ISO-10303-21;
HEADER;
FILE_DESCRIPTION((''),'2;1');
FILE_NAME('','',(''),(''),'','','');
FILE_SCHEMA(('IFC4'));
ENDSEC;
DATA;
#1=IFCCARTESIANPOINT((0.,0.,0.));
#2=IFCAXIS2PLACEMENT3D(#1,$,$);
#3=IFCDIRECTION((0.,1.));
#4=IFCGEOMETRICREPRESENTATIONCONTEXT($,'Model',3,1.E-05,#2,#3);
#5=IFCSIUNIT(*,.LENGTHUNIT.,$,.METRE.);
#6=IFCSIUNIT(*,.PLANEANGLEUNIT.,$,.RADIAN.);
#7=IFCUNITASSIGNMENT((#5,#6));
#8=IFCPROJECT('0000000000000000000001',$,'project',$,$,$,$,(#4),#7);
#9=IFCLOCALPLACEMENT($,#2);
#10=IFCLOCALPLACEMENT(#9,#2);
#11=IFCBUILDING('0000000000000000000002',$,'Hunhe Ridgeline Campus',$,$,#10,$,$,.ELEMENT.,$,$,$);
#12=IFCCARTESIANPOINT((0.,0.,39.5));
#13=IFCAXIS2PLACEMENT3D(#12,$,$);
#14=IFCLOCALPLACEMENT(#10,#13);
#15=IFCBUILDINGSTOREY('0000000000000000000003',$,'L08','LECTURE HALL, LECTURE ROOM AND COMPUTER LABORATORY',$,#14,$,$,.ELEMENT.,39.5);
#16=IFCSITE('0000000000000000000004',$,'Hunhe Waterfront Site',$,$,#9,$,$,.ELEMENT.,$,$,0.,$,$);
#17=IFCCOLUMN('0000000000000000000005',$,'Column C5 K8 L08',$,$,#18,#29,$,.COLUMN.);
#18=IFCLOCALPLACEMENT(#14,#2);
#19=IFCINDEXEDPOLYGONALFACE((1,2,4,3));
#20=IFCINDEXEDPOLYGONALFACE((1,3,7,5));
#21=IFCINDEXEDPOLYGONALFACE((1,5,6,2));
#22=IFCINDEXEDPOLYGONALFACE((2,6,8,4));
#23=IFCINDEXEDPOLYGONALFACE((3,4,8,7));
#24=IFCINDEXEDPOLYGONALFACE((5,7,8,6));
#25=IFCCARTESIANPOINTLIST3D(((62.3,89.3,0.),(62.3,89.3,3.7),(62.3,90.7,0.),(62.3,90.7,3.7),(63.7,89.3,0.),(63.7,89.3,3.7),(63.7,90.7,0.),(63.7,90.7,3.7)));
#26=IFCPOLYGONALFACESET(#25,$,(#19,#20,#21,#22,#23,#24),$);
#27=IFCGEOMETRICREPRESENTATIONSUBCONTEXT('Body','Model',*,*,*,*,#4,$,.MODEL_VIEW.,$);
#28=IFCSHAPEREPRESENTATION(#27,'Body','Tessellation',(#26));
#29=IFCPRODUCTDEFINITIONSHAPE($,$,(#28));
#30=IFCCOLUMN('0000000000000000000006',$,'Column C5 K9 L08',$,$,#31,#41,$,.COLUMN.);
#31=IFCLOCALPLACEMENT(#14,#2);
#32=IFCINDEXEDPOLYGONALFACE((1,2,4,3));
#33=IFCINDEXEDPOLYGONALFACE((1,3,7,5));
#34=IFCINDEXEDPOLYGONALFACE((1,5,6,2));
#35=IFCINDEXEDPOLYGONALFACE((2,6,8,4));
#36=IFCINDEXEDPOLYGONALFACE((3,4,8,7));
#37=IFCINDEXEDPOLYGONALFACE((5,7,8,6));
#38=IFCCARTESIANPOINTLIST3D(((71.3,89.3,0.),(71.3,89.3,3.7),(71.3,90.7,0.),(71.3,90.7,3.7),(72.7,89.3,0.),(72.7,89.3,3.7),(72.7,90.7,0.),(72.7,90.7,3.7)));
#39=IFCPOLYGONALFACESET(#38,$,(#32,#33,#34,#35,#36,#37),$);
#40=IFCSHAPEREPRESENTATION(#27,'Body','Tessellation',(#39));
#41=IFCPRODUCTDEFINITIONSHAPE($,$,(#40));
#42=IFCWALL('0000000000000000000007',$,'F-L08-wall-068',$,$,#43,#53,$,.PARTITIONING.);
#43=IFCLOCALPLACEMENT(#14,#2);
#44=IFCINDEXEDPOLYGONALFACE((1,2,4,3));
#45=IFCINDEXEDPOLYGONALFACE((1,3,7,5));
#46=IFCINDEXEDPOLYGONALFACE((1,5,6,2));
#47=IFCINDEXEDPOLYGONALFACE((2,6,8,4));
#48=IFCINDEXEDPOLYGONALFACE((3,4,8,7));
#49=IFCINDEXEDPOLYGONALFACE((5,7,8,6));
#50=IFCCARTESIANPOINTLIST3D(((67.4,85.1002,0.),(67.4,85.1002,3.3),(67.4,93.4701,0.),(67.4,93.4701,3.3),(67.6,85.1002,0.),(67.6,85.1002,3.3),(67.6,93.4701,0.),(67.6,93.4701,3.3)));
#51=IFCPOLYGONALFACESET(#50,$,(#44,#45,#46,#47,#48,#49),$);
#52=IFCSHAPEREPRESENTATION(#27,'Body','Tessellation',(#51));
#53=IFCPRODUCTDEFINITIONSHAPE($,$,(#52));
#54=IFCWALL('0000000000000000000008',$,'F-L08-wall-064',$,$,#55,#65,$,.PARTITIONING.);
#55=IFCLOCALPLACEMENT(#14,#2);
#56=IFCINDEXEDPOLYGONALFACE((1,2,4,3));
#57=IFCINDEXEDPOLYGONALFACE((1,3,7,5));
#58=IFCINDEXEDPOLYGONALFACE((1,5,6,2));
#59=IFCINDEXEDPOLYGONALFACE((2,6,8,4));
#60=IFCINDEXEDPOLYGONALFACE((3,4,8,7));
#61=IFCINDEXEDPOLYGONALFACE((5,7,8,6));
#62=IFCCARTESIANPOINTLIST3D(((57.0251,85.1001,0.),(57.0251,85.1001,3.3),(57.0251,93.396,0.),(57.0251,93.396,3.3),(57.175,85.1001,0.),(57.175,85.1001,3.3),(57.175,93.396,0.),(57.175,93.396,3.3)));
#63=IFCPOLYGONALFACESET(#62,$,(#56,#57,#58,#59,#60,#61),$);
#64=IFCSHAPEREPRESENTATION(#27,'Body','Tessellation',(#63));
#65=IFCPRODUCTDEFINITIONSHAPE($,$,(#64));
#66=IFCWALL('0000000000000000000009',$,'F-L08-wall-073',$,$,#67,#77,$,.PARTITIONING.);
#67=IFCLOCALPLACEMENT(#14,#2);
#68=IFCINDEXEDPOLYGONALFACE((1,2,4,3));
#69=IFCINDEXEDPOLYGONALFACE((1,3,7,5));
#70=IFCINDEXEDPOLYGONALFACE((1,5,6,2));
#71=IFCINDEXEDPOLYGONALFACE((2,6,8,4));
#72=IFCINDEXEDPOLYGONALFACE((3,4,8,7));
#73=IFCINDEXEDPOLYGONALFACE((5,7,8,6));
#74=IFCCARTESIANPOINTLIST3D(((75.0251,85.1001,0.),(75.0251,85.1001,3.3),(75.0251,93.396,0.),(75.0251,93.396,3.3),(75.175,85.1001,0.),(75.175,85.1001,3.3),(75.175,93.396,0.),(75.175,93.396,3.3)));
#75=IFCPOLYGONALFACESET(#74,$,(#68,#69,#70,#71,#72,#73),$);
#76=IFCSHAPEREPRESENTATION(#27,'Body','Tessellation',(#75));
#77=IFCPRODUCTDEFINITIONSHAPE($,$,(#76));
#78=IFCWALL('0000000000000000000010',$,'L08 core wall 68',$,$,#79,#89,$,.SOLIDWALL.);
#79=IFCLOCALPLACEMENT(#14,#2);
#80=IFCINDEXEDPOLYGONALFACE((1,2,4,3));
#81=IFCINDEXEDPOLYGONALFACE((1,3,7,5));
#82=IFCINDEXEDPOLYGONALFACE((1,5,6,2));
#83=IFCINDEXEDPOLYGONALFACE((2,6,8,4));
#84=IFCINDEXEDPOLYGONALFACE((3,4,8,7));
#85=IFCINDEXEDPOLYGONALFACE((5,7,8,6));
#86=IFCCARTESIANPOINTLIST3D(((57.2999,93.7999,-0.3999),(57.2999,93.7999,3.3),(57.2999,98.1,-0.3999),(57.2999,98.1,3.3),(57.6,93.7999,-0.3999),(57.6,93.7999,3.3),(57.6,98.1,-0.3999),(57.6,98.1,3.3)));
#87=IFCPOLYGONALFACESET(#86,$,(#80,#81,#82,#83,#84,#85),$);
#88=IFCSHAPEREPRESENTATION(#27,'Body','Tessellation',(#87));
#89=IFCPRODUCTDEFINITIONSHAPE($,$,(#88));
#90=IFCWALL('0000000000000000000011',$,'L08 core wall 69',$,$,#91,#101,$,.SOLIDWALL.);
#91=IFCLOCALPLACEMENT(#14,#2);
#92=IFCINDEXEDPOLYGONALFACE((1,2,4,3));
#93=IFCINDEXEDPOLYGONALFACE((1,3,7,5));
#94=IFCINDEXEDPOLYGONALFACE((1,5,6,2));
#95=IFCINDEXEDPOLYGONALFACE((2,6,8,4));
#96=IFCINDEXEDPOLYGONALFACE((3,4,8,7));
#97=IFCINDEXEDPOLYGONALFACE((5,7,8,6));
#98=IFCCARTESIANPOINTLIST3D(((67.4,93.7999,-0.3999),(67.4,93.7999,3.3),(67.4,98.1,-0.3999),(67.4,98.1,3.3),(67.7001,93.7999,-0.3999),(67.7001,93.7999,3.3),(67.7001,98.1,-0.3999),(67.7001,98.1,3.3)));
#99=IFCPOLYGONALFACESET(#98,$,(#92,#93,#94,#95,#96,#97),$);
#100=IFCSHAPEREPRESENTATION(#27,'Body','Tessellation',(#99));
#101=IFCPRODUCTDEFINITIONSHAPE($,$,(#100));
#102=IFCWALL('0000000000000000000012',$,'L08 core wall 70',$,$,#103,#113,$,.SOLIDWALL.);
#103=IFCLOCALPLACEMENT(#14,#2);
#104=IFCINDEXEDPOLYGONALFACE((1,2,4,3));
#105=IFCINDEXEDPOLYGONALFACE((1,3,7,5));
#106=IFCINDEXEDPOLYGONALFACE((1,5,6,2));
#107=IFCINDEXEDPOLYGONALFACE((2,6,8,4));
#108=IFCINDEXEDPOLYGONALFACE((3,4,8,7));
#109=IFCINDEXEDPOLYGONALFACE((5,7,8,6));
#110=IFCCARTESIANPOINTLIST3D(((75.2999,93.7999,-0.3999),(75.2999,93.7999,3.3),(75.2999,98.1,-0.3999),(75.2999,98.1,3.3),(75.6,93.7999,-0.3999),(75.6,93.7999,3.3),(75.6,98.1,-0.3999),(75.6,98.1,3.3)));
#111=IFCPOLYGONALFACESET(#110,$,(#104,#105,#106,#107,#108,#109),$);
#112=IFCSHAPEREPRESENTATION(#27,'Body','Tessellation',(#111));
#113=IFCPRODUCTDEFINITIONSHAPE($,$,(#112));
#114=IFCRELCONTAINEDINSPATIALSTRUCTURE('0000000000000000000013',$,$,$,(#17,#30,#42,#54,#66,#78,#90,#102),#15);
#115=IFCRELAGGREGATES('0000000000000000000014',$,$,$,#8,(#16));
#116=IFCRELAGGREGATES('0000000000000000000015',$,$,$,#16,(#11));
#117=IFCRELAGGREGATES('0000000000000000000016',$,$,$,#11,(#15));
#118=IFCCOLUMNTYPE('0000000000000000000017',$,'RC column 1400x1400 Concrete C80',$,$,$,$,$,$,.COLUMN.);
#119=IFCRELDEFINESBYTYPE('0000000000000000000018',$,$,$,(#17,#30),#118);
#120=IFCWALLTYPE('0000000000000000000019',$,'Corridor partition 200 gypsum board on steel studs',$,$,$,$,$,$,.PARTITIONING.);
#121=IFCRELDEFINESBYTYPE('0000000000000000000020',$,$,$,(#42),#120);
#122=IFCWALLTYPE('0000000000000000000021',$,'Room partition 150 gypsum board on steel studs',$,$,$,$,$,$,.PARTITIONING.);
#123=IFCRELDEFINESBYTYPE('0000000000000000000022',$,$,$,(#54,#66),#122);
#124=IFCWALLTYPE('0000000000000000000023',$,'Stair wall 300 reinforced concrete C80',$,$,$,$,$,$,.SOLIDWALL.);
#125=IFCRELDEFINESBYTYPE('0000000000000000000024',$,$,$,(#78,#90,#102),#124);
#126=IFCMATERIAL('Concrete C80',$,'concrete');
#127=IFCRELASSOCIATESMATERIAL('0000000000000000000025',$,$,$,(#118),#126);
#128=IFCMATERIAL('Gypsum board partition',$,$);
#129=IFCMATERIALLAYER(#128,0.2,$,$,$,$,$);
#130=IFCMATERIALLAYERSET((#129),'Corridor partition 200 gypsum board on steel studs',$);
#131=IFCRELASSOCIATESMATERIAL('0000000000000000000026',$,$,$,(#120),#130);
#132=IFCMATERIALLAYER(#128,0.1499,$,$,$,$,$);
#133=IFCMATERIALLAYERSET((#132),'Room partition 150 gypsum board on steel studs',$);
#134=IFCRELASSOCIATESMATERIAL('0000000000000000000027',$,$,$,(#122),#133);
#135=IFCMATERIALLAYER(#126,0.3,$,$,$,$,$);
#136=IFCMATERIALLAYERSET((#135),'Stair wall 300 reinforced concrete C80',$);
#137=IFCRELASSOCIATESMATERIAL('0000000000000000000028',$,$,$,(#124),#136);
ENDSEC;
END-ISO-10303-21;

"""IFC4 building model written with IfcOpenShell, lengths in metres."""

from ifc_helpers import new_model, si_unit, direction, frame, frame_2d, origin, origin_2d, place, context, subcontext, project, spatial, rectangle, extrude, material, layer, layer_set, material_profile, profile_set, type_object, element, save


model = new_model("IFC4")

# Units and contexts
model_context = context("Model", 3, precision=1e-05, world=origin(), true_north=direction((0.0, 1.0)))
body_context = subcontext(model_context, "Body", "Model", "MODEL_VIEW")
ifc_project = project(units=[si_unit("LENGTHUNIT", "METRE"), si_unit("PLANEANGLEUNIT", "RADIAN")], contexts=[model_context])

# Site, building, storey
site_placement = place(None, origin())
site = spatial("IfcSite", under=ifc_project, at=site_placement, Name="Hunhe Waterfront Site", CompositionType="ELEMENT", RefElevation=0.0)
building_placement = place(site_placement, origin())
building = spatial("IfcBuilding", under=site, at=building_placement, Name="Hunhe Ridgeline Campus", CompositionType="ELEMENT")
storey_placement = place(building_placement, frame((0.0, 0.0, 39.5)))
storey = spatial("IfcBuildingStorey", under=building, at=storey_placement, Name="L08", Description="LECTURE HALL, LECTURE ROOM AND COMPUTER LABORATORY", CompositionType="ELEMENT", Elevation=39.5)

# Columns
ifc_material_1 = material(Name="Concrete C80", Category="concrete")
ifc_material_profile = material_profile(ifc_material_1, rectangle(XDim=1.3999, YDim=1.3999, at=origin_2d()))
ifc_profile_set = profile_set([ifc_material_profile], Name="Concrete C80")
column_type = type_object("IfcColumnType", Name="RC column 1400x1400 Concrete C80", PredefinedType="COLUMN", material=ifc_profile_set)
for number, where, z_axis, x_axis, name in (
    (1, (63.0, 90.0, 0.0), (0.0, 0.0, 1.0), (1.0, 0.0, 0.0), "Column C5 K8 L08"),
    (2, (72.0, 90.0, 0.0), (0.0, 0.0, 1.0), (1.0, 0.0, 0.0), "Column C5 K9 L08"),
):
    element("IfcColumn", number, at=place(storey_placement, frame(where, z_axis=z_axis, x_axis=x_axis)), inside=storey, type_object=column_type, Name=name, PredefinedType="COLUMN", context=body_context, shape_type="SweptSolid", body=[
        extrude(rectangle(XDim=1.3999, YDim=1.3999, at=origin_2d()), origin(), (0.0, 0.0, 1.0), 3.7),
    ])

# Shared definitions
ifc_material_2 = material(Name="Gypsum board partition")
ifc_layer_1 = layer(ifc_material_2, 0.2)
ifc_layer_set_1 = layer_set([ifc_layer_1], Name="Corridor partition 200 gypsum board on steel studs")
wall_type_1 = type_object("IfcWallType", Name="Corridor partition 200 gypsum board on steel studs", PredefinedType="PARTITIONING", material=ifc_layer_set_1)

# Wall
wall_1_placement = place(storey_placement, frame((67.5, 85.1001, 0.0), z_axis=(0.0, 0.0, 1.0), x_axis=(0.0, 1.0, 0.0)))
element("IfcWall", 3, at=wall_1_placement, inside=storey, type_object=wall_type_1, Name="F-L08-wall-068", PredefinedType="PARTITIONING", context=body_context, shape_type="SweptSolid", body=[
    extrude(rectangle(XDim=8.3699, YDim=0.2, at=frame_2d((4.1851, 0.0))), origin(), (0.0, 0.0, 1.0), 3.3),
])

# Walls
ifc_layer_2 = layer(ifc_material_2, 0.1499)
ifc_layer_set_2 = layer_set([ifc_layer_2], Name="Room partition 150 gypsum board on steel studs")
wall_type_2 = type_object("IfcWallType", Name="Room partition 150 gypsum board on steel studs", PredefinedType="PARTITIONING", material=ifc_layer_set_2)
for number, where, z_axis, x_axis, name in (
    (4, (57.1001, 93.396, 0.0), (0.0, 0.0, 1.0), (0.0, -1.0, 0.0), "F-L08-wall-064"),
    (5, (75.1001, 93.396, 0.0), (0.0, 0.0, 1.0), (0.0, -1.0, 0.0), "F-L08-wall-073"),
):
    element("IfcWall", number, at=place(storey_placement, frame(where, z_axis=z_axis, x_axis=x_axis)), inside=storey, type_object=wall_type_2, Name=name, PredefinedType="PARTITIONING", context=body_context, shape_type="SweptSolid", body=[
        extrude(rectangle(XDim=8.2959, YDim=0.1499, at=frame_2d((4.1479, 0.0))), origin(), (0.0, 0.0, 1.0), 3.3),
    ])

# Shared definitions
ifc_layer_3 = layer(ifc_material_1, 0.3)
ifc_layer_set_3 = layer_set([ifc_layer_3], Name="Stair wall 300 reinforced concrete C80")
wall_type_3 = type_object("IfcWallType", Name="Stair wall 300 reinforced concrete C80", PredefinedType="SOLIDWALL", material=ifc_layer_set_3)

# Walls
for number, where, z_axis, x_axis, name in (
    (6, (57.45, 93.8, -0.3999), (0.0, 0.0, 1.0), (0.0, 1.0, 0.0), "L08 core wall 68"),
    (7, (67.55, 93.8, -0.3999), (0.0, 0.0, 1.0), (0.0, 1.0, 0.0), "L08 core wall 69"),
    (8, (75.45, 93.8, -0.3999), (0.0, 0.0, 1.0), (0.0, 1.0, 0.0), "L08 core wall 70"),
):
    element("IfcWall", number, at=place(storey_placement, frame(where, z_axis=z_axis, x_axis=x_axis)), inside=storey, type_object=wall_type_3, Name=name, PredefinedType="SOLIDWALL", context=body_context, shape_type="SweptSolid", body=[
        extrude(rectangle(XDim=4.3, YDim=0.3, at=frame_2d((2.1499, 0.0))), origin(), (0.0, 0.0, 1.0), 3.7),
    ])

save(model, "model.ifc")
